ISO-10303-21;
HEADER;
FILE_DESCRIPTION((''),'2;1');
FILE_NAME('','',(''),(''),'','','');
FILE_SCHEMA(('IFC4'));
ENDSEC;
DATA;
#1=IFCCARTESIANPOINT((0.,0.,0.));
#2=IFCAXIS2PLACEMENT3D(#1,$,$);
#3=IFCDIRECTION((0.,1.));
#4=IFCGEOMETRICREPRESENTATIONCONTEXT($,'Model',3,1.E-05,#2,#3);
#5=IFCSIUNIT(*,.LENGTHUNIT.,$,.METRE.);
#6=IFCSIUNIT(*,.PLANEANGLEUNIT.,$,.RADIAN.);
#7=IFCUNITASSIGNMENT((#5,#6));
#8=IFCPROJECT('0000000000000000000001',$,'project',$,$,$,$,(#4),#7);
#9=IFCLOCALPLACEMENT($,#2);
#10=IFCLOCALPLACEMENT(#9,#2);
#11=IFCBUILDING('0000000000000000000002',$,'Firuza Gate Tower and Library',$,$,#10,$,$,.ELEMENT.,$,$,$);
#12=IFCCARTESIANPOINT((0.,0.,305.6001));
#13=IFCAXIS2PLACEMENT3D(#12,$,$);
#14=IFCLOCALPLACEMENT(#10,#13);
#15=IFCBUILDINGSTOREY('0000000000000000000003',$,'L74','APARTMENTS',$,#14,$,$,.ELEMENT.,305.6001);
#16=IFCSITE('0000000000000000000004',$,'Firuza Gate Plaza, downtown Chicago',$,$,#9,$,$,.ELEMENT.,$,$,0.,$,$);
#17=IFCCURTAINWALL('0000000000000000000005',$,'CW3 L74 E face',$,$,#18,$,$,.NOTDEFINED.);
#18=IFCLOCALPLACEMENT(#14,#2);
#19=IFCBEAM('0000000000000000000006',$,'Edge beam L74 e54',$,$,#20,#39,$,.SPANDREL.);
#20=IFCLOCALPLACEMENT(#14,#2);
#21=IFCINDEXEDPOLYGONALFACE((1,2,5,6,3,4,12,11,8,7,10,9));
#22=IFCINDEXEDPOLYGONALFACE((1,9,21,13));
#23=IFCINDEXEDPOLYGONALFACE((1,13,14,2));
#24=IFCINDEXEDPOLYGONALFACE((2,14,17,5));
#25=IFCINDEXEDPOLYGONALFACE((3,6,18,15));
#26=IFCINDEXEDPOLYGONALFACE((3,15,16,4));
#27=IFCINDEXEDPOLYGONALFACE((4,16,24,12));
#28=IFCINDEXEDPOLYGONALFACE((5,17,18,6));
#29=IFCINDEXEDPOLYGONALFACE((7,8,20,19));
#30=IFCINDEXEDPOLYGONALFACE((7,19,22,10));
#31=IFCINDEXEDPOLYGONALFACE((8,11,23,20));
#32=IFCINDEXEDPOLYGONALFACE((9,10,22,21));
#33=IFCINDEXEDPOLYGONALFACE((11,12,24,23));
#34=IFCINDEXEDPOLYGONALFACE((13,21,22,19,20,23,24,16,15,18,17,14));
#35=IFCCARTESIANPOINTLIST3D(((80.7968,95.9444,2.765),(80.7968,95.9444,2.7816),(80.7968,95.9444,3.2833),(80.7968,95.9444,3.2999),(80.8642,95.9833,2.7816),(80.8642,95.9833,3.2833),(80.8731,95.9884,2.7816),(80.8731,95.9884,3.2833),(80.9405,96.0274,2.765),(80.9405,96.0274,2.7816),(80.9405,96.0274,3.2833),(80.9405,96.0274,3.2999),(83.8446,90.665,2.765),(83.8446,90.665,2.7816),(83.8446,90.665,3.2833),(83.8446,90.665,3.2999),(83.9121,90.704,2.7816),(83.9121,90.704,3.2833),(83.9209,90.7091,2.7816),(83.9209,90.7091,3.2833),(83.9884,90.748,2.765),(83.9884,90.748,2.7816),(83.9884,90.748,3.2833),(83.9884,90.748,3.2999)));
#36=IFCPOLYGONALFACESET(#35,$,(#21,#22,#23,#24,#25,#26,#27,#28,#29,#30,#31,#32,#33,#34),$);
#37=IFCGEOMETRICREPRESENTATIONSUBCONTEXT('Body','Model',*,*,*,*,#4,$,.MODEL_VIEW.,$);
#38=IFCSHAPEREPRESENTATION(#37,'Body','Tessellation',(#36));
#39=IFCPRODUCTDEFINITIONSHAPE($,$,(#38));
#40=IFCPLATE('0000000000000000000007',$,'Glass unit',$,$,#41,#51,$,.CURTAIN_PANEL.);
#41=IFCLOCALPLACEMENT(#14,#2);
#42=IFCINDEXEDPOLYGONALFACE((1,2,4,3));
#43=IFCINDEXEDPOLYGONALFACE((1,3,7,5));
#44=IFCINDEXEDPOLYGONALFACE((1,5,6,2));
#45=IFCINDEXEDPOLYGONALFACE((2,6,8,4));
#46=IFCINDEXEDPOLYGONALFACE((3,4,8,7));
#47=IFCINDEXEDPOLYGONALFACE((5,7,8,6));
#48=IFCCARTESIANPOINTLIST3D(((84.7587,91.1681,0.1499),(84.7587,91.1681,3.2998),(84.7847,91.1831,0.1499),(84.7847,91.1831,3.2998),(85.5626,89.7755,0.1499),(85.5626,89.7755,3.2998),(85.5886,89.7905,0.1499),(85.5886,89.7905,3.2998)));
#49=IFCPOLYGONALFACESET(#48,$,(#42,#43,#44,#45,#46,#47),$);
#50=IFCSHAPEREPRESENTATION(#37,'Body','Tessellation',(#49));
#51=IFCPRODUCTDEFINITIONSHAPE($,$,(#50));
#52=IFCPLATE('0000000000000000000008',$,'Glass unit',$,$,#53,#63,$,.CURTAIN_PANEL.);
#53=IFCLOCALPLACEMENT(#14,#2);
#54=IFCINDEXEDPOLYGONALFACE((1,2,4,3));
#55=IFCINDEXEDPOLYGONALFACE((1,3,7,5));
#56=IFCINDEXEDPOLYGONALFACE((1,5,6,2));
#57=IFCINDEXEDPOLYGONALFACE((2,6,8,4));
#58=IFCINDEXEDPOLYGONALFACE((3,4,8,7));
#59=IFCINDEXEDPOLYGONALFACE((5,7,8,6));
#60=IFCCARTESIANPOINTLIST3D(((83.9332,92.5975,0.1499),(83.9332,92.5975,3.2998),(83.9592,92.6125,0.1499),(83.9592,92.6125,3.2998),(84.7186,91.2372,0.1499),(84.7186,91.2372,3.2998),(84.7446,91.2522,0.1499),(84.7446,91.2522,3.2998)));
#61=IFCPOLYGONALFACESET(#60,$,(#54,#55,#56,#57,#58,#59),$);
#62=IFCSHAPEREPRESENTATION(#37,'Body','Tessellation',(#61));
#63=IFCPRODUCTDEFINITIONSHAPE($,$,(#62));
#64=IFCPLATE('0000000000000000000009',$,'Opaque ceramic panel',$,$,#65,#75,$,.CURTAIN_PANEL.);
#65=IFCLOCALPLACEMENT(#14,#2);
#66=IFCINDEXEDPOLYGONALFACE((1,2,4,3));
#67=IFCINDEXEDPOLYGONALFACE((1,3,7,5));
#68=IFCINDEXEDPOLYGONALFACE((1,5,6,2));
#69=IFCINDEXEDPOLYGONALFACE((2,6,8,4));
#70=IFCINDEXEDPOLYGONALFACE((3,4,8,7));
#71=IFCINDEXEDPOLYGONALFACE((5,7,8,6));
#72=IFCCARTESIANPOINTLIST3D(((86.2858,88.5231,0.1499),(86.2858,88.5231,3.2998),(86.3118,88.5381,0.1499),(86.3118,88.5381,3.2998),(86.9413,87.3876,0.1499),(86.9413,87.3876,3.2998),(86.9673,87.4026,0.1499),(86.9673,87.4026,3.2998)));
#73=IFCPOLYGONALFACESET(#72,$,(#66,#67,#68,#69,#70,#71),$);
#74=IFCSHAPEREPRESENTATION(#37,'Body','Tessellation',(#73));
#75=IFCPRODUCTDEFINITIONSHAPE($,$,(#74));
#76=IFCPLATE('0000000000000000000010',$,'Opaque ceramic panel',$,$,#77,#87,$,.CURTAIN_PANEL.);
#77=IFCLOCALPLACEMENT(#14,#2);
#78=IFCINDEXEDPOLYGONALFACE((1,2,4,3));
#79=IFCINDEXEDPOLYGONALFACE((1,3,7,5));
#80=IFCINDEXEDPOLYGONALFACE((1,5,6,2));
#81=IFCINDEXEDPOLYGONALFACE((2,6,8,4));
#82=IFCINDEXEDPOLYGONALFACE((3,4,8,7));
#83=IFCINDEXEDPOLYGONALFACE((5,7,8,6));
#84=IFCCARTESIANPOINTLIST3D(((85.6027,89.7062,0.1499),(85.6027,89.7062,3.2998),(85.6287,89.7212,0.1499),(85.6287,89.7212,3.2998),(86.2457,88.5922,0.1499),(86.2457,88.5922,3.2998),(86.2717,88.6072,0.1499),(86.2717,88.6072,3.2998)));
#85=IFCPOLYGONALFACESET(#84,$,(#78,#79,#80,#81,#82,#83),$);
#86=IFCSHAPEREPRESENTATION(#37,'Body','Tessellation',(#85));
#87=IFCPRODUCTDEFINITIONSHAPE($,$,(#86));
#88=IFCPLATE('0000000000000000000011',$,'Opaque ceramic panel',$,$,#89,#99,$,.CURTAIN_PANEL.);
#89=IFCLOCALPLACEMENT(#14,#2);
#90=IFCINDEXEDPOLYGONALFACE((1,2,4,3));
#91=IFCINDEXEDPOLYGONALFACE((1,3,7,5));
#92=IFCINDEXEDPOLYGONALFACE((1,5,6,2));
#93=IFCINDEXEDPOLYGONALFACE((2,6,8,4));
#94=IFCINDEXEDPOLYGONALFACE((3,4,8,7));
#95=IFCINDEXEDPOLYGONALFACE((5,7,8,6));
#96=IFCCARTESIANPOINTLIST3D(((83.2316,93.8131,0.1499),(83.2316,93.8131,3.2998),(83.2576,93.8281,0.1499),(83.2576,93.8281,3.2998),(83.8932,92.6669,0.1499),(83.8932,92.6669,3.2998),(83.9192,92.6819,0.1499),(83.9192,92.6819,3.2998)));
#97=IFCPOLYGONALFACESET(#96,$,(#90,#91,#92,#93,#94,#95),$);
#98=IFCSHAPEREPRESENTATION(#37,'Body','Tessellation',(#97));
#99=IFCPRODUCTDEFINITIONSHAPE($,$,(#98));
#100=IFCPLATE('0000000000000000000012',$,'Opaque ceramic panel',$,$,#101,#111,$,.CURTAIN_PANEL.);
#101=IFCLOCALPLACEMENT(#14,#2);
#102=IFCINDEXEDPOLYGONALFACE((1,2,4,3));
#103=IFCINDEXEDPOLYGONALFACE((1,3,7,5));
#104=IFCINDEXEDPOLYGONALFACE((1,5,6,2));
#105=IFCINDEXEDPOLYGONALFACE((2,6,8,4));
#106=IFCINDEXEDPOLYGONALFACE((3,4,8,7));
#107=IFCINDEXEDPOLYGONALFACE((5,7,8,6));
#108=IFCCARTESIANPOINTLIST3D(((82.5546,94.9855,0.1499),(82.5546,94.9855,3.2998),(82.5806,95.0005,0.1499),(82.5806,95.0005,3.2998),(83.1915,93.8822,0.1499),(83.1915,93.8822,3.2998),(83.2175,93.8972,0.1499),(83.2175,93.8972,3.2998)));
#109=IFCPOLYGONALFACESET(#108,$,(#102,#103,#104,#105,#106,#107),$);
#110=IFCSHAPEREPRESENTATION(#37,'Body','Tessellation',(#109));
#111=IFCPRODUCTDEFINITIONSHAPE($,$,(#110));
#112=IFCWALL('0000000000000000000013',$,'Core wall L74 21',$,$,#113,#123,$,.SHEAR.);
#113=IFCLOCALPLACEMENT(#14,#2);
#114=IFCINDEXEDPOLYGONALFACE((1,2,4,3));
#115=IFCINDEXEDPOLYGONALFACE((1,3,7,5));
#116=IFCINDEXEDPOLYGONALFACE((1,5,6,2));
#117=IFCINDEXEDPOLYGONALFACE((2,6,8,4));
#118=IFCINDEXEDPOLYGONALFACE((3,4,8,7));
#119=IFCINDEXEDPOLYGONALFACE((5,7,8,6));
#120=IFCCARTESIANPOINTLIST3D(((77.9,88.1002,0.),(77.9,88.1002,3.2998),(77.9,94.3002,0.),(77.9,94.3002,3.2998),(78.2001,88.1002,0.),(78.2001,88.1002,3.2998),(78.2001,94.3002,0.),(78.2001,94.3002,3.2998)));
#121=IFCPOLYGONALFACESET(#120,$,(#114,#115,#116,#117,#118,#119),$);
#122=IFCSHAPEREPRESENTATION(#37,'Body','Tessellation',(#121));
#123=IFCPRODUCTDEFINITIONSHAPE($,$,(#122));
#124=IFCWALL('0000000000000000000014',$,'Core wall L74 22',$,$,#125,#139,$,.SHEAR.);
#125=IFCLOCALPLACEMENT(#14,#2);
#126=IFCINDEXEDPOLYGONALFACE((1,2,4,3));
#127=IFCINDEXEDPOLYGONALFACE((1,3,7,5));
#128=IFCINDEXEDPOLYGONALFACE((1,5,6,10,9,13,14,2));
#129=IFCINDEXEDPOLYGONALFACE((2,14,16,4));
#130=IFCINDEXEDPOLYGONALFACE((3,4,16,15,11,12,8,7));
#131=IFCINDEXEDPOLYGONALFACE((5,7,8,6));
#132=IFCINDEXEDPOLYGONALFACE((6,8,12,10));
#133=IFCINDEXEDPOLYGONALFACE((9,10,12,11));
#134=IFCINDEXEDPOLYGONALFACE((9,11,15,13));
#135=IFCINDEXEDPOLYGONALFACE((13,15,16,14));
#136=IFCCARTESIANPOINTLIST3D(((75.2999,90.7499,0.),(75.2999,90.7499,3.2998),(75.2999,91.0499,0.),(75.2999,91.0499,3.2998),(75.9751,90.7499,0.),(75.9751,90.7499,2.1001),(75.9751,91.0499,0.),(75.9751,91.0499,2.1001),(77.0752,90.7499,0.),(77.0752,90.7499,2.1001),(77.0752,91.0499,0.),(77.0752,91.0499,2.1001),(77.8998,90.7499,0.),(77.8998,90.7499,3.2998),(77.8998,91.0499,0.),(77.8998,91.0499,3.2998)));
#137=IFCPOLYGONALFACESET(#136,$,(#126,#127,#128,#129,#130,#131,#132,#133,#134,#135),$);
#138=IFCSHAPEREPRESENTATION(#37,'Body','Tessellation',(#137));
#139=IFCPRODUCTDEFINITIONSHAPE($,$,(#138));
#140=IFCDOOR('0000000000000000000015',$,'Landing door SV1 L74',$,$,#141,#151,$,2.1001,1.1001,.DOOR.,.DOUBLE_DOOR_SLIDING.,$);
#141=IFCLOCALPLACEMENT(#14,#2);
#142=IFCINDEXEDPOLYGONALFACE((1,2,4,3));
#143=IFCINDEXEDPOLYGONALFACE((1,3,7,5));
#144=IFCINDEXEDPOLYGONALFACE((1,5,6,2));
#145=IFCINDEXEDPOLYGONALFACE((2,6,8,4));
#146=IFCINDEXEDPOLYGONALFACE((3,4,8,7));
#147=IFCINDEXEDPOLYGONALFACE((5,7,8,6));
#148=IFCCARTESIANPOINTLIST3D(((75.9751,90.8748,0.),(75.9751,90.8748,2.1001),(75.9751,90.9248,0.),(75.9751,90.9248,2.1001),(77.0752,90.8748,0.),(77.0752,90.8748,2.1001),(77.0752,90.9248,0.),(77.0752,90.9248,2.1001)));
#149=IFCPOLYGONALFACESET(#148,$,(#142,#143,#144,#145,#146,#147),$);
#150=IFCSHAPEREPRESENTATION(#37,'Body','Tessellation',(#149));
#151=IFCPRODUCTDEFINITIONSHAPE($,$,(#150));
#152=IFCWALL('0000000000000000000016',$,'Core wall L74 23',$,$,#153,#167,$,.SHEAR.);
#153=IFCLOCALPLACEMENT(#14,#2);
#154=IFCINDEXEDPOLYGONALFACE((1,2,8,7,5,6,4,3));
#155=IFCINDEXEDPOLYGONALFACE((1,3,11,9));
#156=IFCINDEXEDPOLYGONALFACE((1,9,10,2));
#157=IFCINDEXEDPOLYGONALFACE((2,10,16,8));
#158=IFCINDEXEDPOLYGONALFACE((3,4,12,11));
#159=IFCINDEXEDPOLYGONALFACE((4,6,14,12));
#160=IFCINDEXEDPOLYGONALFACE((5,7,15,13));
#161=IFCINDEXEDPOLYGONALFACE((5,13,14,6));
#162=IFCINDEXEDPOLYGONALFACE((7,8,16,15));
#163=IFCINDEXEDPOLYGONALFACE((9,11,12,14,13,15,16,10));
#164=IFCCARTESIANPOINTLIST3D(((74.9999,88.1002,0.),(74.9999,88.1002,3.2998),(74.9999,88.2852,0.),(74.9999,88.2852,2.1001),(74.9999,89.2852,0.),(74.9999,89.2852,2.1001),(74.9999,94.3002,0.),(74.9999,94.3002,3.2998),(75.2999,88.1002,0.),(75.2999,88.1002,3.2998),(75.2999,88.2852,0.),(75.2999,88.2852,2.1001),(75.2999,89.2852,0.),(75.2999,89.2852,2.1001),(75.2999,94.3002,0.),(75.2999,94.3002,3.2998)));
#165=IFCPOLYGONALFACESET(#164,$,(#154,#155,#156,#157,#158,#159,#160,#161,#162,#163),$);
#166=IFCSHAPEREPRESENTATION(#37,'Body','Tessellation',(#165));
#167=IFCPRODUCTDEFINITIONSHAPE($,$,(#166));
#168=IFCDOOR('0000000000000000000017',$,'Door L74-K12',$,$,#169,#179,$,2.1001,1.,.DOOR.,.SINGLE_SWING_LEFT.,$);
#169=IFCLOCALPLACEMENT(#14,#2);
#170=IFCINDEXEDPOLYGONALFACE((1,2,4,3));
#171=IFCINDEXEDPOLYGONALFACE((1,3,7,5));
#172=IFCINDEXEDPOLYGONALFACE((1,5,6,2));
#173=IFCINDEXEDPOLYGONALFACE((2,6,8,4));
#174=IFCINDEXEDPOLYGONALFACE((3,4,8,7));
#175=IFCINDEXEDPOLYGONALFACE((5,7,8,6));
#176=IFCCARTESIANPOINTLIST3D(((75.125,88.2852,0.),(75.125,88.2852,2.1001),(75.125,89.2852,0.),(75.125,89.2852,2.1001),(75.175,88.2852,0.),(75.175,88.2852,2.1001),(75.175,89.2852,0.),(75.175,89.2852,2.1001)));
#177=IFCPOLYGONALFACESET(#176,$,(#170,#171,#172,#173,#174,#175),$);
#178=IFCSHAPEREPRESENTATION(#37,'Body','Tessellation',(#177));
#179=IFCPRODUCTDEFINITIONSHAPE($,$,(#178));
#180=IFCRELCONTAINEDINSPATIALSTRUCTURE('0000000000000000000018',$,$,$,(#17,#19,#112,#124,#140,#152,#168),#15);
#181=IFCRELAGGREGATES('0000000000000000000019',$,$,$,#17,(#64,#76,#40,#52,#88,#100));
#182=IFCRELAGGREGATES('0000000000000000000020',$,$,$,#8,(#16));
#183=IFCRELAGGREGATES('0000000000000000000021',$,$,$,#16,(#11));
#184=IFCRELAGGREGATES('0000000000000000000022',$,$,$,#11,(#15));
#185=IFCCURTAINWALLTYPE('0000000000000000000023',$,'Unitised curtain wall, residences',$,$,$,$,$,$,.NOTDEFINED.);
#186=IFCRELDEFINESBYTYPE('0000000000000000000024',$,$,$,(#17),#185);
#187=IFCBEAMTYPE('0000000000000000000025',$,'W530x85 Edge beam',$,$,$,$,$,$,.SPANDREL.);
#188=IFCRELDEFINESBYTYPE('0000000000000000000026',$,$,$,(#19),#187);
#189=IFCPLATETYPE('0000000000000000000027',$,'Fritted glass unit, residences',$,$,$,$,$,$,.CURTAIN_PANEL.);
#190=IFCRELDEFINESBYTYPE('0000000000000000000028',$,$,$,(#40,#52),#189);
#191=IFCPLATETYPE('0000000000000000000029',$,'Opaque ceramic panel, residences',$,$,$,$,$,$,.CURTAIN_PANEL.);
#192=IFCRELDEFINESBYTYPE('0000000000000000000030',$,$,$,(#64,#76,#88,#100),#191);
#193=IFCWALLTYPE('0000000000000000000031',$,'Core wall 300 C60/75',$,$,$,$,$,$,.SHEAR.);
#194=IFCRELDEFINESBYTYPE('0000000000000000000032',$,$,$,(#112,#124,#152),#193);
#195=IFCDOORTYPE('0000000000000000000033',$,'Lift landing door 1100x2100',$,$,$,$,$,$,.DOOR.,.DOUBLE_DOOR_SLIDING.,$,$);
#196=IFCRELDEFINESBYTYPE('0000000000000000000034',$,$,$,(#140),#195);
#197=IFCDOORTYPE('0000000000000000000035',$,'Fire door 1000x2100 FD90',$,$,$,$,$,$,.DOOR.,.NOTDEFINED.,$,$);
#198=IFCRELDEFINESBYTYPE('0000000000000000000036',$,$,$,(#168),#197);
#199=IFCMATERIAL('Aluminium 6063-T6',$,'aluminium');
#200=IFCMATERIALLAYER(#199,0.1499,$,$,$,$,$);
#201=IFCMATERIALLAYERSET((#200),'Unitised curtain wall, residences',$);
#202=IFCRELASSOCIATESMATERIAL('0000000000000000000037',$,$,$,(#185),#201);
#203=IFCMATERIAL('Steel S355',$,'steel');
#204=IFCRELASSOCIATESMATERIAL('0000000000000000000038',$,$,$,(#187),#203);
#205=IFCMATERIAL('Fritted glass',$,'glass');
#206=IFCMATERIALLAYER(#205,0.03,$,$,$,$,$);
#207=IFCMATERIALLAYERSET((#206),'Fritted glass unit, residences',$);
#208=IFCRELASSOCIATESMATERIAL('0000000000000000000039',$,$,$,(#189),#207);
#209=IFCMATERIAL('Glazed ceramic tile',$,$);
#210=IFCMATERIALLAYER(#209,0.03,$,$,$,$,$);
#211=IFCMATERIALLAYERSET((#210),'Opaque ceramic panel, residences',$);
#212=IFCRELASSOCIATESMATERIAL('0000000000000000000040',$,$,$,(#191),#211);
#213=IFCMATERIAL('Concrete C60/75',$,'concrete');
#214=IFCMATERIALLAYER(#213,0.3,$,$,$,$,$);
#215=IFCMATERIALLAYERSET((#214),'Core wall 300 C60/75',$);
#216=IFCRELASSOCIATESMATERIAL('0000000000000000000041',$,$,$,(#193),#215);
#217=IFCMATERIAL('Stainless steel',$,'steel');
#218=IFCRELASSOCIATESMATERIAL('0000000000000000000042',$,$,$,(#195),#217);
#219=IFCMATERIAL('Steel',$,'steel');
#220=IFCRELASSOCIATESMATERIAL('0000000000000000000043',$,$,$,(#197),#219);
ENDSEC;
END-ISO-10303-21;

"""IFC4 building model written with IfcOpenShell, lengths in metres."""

from ifc_helpers import new_model, si_unit, direction, frame, frame_2d, origin, origin_2d, place, context, subcontext, project, spatial, polyline, rectangle, i_section, outline, extrude, material, layer, layer_set, material_profile, profile_set, type_object, element, fill, aggregate, save


model = new_model("IFC4")

# Units and contexts
model_context = context("Model", 3, precision=1e-05, world=origin(), true_north=direction((0.0, 1.0)))
body_context = subcontext(model_context, "Body", "Model", "MODEL_VIEW")
ifc_project = project(units=[si_unit("LENGTHUNIT", "METRE"), si_unit("PLANEANGLEUNIT", "RADIAN")], contexts=[model_context])

# Site, building, storey
site_placement = place(None, origin())
site = spatial("IfcSite", under=ifc_project, at=site_placement, Name="Firuza Gate Plaza, downtown Chicago", CompositionType="ELEMENT", RefElevation=0.0)
building_placement = place(site_placement, origin())
building = spatial("IfcBuilding", under=site, at=building_placement, Name="Firuza Gate Tower and Library", CompositionType="ELEMENT")
storey_placement = place(building_placement, frame((0.0, 0.0, 305.6001)))
storey = spatial("IfcBuildingStorey", under=building, at=storey_placement, Name="L74", Description="APARTMENTS", CompositionType="ELEMENT", Elevation=305.6001)

# Curtain wall
ifc_material_1 = material(Name="Aluminium 6063-T6", Category="aluminium")
ifc_layer_1 = layer(ifc_material_1, 0.1499)
ifc_layer_set_1 = layer_set([ifc_layer_1], Name="Unitised curtain wall, residences")
curtain_wall_type = type_object("IfcCurtainWallType", Name="Unitised curtain wall, residences", PredefinedType="NOTDEFINED", material=ifc_layer_set_1)
curtain_wall_placement = place(storey_placement, origin())
curtain_wall = element("IfcCurtainWall", 1, at=curtain_wall_placement, inside=storey, type_object=curtain_wall_type, Name="CW3 L74 E face", PredefinedType="NOTDEFINED")

# Beam
ifc_material_2 = material(Name="Steel S355", Category="steel")
ifc_material_profile_1 = material_profile(ifc_material_2, i_section(OverallWidth=0.166, OverallDepth=0.5349, WebThickness=0.0103, FlangeThickness=0.0166, at=origin_2d()))
ifc_profile_set_1 = profile_set([ifc_material_profile_1], Name="Steel S355")
beam_type_1 = type_object("IfcBeamType", Name="W530x85 Edge beam", PredefinedType="SPANDREL", material=ifc_profile_set_1)
beam_1_placement = place(storey_placement, frame((83.9165, 90.7065, 3.0325), z_axis=(-0.499981, 0.866036, 0.0), x_axis=(-0.866036, -0.499981, 0.0)))
element("IfcBeam", 2, at=beam_1_placement, inside=storey, type_object=beam_type_1, Name="Edge beam L74 e54", PredefinedType="SPANDREL", context=body_context, shape_type="SweptSolid", body=[
    extrude(i_section(OverallWidth=0.166, OverallDepth=0.5349, WebThickness=0.0103, FlangeThickness=0.0166, at=origin_2d()), origin(), (0.0, 0.0, 1.0), 6.0959),
])

# Plates
ifc_material_3 = material(Name="Fritted glass", Category="glass")
ifc_layer_2 = layer(ifc_material_3, 0.03)
ifc_layer_set_2 = layer_set([ifc_layer_2], Name="Fritted glass unit, residences")
plate_type_1 = type_object("IfcPlateType", Name="Fritted glass unit, residences", PredefinedType="CURTAIN_PANEL", material=ifc_layer_set_2)
plate_1_placement = place(storey_placement, frame((85.5886, 89.7905, 0.1499), z_axis=(0.866039, 0.499977, 0.0), x_axis=(-0.499977, 0.866039, 0.0)))
plate_1 = element("IfcPlate", 3, at=plate_1_placement, type_object=plate_type_1, Name="Glass unit", PredefinedType="CURTAIN_PANEL", context=body_context, shape_type="SweptSolid", body=[
    extrude(outline(polyline([(0.0, 0.0), (1.608, 0.0), (1.608, 3.1499), (0.0, 3.1499), (0.0, 0.0)])), origin(), (0.0, 0.0, -1.0), 0.03),
])
plate_2_placement = place(storey_placement, frame((84.7446, 91.2522, 0.1499), z_axis=(0.866025, 0.500001, 0.0), x_axis=(-0.500001, 0.866025, 0.0)))
plate_2 = element("IfcPlate", 4, at=plate_2_placement, type_object=plate_type_1, Name="Glass unit", PredefinedType="CURTAIN_PANEL", context=body_context, shape_type="SweptSolid", body=[
    extrude(outline(polyline([(0.0, 0.0), (1.5708, 0.0), (1.5708, 3.1499), (0.0, 3.1499), (0.0, 0.0)])), origin(), (0.0, 0.0, -1.0), 0.03),
])
ifc_material_4 = material(Name="Glazed ceramic tile")
ifc_layer_3 = layer(ifc_material_4, 0.03)
ifc_layer_set_3 = layer_set([ifc_layer_3], Name="Opaque ceramic panel, residences")
plate_type_2 = type_object("IfcPlateType", Name="Opaque ceramic panel, residences", PredefinedType="CURTAIN_PANEL", material=ifc_layer_set_3)
plate_3_placement = place(storey_placement, frame((86.9673, 87.4026, 0.1499), z_axis=(0.866046, 0.499964, 0.0), x_axis=(-0.499964, 0.866046, 0.0)))
plate_3 = element("IfcPlate", 5, at=plate_3_placement, type_object=plate_type_2, Name="Opaque ceramic panel", PredefinedType="CURTAIN_PANEL", context=body_context, shape_type="SweptSolid", body=[
    extrude(outline(polyline([(0.0, 0.0), (1.3111, 0.0), (1.3111, 3.1499), (0.0, 3.1499), (0.0, 0.0)])), origin(), (0.0, 0.0, -1.0), 0.03),
])
plate_4_placement = place(storey_placement, frame((86.2717, 88.6072, 0.1499), z_axis=(0.866062, 0.499936, 0.0), x_axis=(-0.499936, 0.866062, 0.0)))
plate_4 = element("IfcPlate", 6, at=plate_4_placement, type_object=plate_type_2, Name="Opaque ceramic panel", PredefinedType="CURTAIN_PANEL", context=body_context, shape_type="SweptSolid", body=[
    extrude(outline(polyline([(0.0, 0.0), (1.2863, 0.0), (1.2863, 3.1499), (0.0, 3.1499), (0.0, 0.0)])), origin(), (0.0, 0.0, -1.0), 0.03),
])
plate_5_placement = place(storey_placement, frame((83.9192, 92.6819, 0.1499), z_axis=(0.866078, 0.499909, 0.0), x_axis=(-0.499909, 0.866078, 0.0)))
plate_5 = element("IfcPlate", 7, at=plate_5_placement, type_object=plate_type_2, Name="Opaque ceramic panel", PredefinedType="CURTAIN_PANEL", context=body_context, shape_type="SweptSolid", body=[
    extrude(outline(polyline([(0.0, 0.0), (1.3235, 0.0), (1.3235, 3.1499), (0.0, 3.1499), (0.0, 0.0)])), origin(), (0.0, 0.0, -1.0), 0.03),
])
plate_6_placement = place(storey_placement, frame((83.2175, 93.8972, 0.1499), z_axis=(0.866029, 0.499993, 0.0), x_axis=(-0.499993, 0.866029, 0.0)))
plate_6 = element("IfcPlate", 8, at=plate_6_placement, type_object=plate_type_2, Name="Opaque ceramic panel", PredefinedType="CURTAIN_PANEL", context=body_context, shape_type="SweptSolid", body=[
    extrude(outline(polyline([(0.0, 0.0), (1.2739, 0.0), (1.2739, 3.1499), (0.0, 3.1499), (0.0, 0.0)])), origin(), (0.0, 0.0, -1.0), 0.03),
])
aggregate(curtain_wall, [plate_3, plate_4, plate_1, plate_2, plate_5, plate_6])

# Wall
ifc_material_5 = material(Name="Concrete C60/75", Category="concrete")
ifc_layer_4 = layer(ifc_material_5, 0.3)
ifc_layer_set_4 = layer_set([ifc_layer_4], Name="Core wall 300 C60/75")
wall_type_1 = type_object("IfcWallType", Name="Core wall 300 C60/75", PredefinedType="SHEAR", material=ifc_layer_set_4)
wall_1_placement = place(storey_placement, frame((78.05, 88.1001, 0.0), z_axis=(0.0, 0.0, 1.0), x_axis=(0.0, 1.0, 0.0)))
element("IfcWall", 9, at=wall_1_placement, inside=storey, type_object=wall_type_1, Name="Core wall L74 21", PredefinedType="SHEAR", context=body_context, shape_type="SweptSolid", body=[
    extrude(rectangle(XDim=6.2, YDim=0.3, at=frame_2d((3.1001, 0.0))), origin(), (0.0, 0.0, 1.0), 3.2998),
])

# Walls, openings, doors
wall_2_placement = place(storey_placement, frame((75.3, 90.8999, 0.0), z_axis=(0.0, 0.0, 1.0), x_axis=(1.0, 0.0, 0.0)))
wall_2 = element("IfcWall", 10, at=wall_2_placement, inside=storey, type_object=wall_type_1, Name="Core wall L74 22", PredefinedType="SHEAR", context=body_context, shape_type="SweptSolid", body=[
    extrude(rectangle(XDim=2.5999, YDim=0.3, at=frame_2d((1.2998, 0.0))), origin(), (0.0, 0.0, 1.0), 3.2998),
])
opening_1_placement = place(wall_2_placement, frame((0.675, 0.0, 0.0)))
opening_1 = element("IfcOpeningElement", 11, at=opening_1_placement, cuts=wall_2, PredefinedType="OPENING", context=body_context, shape_type="SweptSolid", body=[
    extrude(rectangle(XDim=1.1001, YDim=2.1001, at=frame_2d((0.55, 1.05))), frame((0.0, 0.1602, 0.0), z_axis=(0.0, -1.0, 0.0), x_axis=(1.0, 0.0, 0.0)), (0.0, 0.0, 1.0), 0.3201),
])
ifc_material_6 = material(Name="Stainless steel", Category="steel")
door_type_1 = type_object("IfcDoorType", Name="Lift landing door 1100x2100", OperationType="DOUBLE_DOOR_SLIDING", PredefinedType="DOOR", material=ifc_material_6)
door_1_placement = place(opening_1_placement, origin())
door_1 = element("IfcDoor", 12, at=door_1_placement, inside=storey, type_object=door_type_1, Name="Landing door SV1 L74", OperationType="DOUBLE_DOOR_SLIDING", OverallHeight=2.1001, OverallWidth=1.1001, PredefinedType="DOOR", context=body_context, shape_type="SweptSolid", body=[
    extrude(rectangle(XDim=1.1001, YDim=2.1001, at=frame_2d((0.55, 1.05))), frame((0.0, 0.0249, 0.0), z_axis=(0.0, -1.0, 0.0), x_axis=(1.0, 0.0, 0.0)), (0.0, 0.0, 1.0), 0.05),
])
fill(opening_1, door_1)
wall_3_placement = place(storey_placement, frame((75.1499, 88.1001, 0.0), z_axis=(0.0, 0.0, 1.0), x_axis=(0.0, 1.0, 0.0)))
wall_3 = element("IfcWall", 13, at=wall_3_placement, inside=storey, type_object=wall_type_1, Name="Core wall L74 23", PredefinedType="SHEAR", context=body_context, shape_type="SweptSolid", body=[
    extrude(rectangle(XDim=6.2, YDim=0.3, at=frame_2d((3.1001, 0.0))), origin(), (0.0, 0.0, 1.0), 3.2998),
])
opening_2_placement = place(wall_3_placement, frame((0.1851, 0.0, 0.0)))
opening_2 = element("IfcOpeningElement", 14, at=opening_2_placement, cuts=wall_3, PredefinedType="OPENING", context=body_context, shape_type="SweptSolid", body=[
    extrude(rectangle(XDim=1.0, YDim=2.1001, at=frame_2d((0.5, 1.05))), frame((0.0, 0.1602, 0.0), z_axis=(0.0, -1.0, 0.0), x_axis=(1.0, 0.0, 0.0)), (0.0, 0.0, 1.0), 0.3201),
])
ifc_material_7 = material(Name="Steel", Category="steel")
door_type_2 = type_object("IfcDoorType", Name="Fire door 1000x2100 FD90", OperationType="NOTDEFINED", PredefinedType="DOOR", material=ifc_material_7)
door_2_placement = place(opening_2_placement, origin())
door_2 = element("IfcDoor", 15, at=door_2_placement, inside=storey, type_object=door_type_2, Name="Door L74-K12", OperationType="SINGLE_SWING_LEFT", OverallHeight=2.1001, OverallWidth=1.0, PredefinedType="DOOR", context=body_context, shape_type="SweptSolid", body=[
    extrude(rectangle(XDim=1.0, YDim=2.1001, at=frame_2d((0.5, 1.05))), frame((0.0, 0.0249, 0.0), z_axis=(0.0, -1.0, 0.0), x_axis=(1.0, 0.0, 0.0)), (0.0, 0.0, 1.0), 0.05),
])
fill(opening_2, door_2)

save(model, "model.ifc")
